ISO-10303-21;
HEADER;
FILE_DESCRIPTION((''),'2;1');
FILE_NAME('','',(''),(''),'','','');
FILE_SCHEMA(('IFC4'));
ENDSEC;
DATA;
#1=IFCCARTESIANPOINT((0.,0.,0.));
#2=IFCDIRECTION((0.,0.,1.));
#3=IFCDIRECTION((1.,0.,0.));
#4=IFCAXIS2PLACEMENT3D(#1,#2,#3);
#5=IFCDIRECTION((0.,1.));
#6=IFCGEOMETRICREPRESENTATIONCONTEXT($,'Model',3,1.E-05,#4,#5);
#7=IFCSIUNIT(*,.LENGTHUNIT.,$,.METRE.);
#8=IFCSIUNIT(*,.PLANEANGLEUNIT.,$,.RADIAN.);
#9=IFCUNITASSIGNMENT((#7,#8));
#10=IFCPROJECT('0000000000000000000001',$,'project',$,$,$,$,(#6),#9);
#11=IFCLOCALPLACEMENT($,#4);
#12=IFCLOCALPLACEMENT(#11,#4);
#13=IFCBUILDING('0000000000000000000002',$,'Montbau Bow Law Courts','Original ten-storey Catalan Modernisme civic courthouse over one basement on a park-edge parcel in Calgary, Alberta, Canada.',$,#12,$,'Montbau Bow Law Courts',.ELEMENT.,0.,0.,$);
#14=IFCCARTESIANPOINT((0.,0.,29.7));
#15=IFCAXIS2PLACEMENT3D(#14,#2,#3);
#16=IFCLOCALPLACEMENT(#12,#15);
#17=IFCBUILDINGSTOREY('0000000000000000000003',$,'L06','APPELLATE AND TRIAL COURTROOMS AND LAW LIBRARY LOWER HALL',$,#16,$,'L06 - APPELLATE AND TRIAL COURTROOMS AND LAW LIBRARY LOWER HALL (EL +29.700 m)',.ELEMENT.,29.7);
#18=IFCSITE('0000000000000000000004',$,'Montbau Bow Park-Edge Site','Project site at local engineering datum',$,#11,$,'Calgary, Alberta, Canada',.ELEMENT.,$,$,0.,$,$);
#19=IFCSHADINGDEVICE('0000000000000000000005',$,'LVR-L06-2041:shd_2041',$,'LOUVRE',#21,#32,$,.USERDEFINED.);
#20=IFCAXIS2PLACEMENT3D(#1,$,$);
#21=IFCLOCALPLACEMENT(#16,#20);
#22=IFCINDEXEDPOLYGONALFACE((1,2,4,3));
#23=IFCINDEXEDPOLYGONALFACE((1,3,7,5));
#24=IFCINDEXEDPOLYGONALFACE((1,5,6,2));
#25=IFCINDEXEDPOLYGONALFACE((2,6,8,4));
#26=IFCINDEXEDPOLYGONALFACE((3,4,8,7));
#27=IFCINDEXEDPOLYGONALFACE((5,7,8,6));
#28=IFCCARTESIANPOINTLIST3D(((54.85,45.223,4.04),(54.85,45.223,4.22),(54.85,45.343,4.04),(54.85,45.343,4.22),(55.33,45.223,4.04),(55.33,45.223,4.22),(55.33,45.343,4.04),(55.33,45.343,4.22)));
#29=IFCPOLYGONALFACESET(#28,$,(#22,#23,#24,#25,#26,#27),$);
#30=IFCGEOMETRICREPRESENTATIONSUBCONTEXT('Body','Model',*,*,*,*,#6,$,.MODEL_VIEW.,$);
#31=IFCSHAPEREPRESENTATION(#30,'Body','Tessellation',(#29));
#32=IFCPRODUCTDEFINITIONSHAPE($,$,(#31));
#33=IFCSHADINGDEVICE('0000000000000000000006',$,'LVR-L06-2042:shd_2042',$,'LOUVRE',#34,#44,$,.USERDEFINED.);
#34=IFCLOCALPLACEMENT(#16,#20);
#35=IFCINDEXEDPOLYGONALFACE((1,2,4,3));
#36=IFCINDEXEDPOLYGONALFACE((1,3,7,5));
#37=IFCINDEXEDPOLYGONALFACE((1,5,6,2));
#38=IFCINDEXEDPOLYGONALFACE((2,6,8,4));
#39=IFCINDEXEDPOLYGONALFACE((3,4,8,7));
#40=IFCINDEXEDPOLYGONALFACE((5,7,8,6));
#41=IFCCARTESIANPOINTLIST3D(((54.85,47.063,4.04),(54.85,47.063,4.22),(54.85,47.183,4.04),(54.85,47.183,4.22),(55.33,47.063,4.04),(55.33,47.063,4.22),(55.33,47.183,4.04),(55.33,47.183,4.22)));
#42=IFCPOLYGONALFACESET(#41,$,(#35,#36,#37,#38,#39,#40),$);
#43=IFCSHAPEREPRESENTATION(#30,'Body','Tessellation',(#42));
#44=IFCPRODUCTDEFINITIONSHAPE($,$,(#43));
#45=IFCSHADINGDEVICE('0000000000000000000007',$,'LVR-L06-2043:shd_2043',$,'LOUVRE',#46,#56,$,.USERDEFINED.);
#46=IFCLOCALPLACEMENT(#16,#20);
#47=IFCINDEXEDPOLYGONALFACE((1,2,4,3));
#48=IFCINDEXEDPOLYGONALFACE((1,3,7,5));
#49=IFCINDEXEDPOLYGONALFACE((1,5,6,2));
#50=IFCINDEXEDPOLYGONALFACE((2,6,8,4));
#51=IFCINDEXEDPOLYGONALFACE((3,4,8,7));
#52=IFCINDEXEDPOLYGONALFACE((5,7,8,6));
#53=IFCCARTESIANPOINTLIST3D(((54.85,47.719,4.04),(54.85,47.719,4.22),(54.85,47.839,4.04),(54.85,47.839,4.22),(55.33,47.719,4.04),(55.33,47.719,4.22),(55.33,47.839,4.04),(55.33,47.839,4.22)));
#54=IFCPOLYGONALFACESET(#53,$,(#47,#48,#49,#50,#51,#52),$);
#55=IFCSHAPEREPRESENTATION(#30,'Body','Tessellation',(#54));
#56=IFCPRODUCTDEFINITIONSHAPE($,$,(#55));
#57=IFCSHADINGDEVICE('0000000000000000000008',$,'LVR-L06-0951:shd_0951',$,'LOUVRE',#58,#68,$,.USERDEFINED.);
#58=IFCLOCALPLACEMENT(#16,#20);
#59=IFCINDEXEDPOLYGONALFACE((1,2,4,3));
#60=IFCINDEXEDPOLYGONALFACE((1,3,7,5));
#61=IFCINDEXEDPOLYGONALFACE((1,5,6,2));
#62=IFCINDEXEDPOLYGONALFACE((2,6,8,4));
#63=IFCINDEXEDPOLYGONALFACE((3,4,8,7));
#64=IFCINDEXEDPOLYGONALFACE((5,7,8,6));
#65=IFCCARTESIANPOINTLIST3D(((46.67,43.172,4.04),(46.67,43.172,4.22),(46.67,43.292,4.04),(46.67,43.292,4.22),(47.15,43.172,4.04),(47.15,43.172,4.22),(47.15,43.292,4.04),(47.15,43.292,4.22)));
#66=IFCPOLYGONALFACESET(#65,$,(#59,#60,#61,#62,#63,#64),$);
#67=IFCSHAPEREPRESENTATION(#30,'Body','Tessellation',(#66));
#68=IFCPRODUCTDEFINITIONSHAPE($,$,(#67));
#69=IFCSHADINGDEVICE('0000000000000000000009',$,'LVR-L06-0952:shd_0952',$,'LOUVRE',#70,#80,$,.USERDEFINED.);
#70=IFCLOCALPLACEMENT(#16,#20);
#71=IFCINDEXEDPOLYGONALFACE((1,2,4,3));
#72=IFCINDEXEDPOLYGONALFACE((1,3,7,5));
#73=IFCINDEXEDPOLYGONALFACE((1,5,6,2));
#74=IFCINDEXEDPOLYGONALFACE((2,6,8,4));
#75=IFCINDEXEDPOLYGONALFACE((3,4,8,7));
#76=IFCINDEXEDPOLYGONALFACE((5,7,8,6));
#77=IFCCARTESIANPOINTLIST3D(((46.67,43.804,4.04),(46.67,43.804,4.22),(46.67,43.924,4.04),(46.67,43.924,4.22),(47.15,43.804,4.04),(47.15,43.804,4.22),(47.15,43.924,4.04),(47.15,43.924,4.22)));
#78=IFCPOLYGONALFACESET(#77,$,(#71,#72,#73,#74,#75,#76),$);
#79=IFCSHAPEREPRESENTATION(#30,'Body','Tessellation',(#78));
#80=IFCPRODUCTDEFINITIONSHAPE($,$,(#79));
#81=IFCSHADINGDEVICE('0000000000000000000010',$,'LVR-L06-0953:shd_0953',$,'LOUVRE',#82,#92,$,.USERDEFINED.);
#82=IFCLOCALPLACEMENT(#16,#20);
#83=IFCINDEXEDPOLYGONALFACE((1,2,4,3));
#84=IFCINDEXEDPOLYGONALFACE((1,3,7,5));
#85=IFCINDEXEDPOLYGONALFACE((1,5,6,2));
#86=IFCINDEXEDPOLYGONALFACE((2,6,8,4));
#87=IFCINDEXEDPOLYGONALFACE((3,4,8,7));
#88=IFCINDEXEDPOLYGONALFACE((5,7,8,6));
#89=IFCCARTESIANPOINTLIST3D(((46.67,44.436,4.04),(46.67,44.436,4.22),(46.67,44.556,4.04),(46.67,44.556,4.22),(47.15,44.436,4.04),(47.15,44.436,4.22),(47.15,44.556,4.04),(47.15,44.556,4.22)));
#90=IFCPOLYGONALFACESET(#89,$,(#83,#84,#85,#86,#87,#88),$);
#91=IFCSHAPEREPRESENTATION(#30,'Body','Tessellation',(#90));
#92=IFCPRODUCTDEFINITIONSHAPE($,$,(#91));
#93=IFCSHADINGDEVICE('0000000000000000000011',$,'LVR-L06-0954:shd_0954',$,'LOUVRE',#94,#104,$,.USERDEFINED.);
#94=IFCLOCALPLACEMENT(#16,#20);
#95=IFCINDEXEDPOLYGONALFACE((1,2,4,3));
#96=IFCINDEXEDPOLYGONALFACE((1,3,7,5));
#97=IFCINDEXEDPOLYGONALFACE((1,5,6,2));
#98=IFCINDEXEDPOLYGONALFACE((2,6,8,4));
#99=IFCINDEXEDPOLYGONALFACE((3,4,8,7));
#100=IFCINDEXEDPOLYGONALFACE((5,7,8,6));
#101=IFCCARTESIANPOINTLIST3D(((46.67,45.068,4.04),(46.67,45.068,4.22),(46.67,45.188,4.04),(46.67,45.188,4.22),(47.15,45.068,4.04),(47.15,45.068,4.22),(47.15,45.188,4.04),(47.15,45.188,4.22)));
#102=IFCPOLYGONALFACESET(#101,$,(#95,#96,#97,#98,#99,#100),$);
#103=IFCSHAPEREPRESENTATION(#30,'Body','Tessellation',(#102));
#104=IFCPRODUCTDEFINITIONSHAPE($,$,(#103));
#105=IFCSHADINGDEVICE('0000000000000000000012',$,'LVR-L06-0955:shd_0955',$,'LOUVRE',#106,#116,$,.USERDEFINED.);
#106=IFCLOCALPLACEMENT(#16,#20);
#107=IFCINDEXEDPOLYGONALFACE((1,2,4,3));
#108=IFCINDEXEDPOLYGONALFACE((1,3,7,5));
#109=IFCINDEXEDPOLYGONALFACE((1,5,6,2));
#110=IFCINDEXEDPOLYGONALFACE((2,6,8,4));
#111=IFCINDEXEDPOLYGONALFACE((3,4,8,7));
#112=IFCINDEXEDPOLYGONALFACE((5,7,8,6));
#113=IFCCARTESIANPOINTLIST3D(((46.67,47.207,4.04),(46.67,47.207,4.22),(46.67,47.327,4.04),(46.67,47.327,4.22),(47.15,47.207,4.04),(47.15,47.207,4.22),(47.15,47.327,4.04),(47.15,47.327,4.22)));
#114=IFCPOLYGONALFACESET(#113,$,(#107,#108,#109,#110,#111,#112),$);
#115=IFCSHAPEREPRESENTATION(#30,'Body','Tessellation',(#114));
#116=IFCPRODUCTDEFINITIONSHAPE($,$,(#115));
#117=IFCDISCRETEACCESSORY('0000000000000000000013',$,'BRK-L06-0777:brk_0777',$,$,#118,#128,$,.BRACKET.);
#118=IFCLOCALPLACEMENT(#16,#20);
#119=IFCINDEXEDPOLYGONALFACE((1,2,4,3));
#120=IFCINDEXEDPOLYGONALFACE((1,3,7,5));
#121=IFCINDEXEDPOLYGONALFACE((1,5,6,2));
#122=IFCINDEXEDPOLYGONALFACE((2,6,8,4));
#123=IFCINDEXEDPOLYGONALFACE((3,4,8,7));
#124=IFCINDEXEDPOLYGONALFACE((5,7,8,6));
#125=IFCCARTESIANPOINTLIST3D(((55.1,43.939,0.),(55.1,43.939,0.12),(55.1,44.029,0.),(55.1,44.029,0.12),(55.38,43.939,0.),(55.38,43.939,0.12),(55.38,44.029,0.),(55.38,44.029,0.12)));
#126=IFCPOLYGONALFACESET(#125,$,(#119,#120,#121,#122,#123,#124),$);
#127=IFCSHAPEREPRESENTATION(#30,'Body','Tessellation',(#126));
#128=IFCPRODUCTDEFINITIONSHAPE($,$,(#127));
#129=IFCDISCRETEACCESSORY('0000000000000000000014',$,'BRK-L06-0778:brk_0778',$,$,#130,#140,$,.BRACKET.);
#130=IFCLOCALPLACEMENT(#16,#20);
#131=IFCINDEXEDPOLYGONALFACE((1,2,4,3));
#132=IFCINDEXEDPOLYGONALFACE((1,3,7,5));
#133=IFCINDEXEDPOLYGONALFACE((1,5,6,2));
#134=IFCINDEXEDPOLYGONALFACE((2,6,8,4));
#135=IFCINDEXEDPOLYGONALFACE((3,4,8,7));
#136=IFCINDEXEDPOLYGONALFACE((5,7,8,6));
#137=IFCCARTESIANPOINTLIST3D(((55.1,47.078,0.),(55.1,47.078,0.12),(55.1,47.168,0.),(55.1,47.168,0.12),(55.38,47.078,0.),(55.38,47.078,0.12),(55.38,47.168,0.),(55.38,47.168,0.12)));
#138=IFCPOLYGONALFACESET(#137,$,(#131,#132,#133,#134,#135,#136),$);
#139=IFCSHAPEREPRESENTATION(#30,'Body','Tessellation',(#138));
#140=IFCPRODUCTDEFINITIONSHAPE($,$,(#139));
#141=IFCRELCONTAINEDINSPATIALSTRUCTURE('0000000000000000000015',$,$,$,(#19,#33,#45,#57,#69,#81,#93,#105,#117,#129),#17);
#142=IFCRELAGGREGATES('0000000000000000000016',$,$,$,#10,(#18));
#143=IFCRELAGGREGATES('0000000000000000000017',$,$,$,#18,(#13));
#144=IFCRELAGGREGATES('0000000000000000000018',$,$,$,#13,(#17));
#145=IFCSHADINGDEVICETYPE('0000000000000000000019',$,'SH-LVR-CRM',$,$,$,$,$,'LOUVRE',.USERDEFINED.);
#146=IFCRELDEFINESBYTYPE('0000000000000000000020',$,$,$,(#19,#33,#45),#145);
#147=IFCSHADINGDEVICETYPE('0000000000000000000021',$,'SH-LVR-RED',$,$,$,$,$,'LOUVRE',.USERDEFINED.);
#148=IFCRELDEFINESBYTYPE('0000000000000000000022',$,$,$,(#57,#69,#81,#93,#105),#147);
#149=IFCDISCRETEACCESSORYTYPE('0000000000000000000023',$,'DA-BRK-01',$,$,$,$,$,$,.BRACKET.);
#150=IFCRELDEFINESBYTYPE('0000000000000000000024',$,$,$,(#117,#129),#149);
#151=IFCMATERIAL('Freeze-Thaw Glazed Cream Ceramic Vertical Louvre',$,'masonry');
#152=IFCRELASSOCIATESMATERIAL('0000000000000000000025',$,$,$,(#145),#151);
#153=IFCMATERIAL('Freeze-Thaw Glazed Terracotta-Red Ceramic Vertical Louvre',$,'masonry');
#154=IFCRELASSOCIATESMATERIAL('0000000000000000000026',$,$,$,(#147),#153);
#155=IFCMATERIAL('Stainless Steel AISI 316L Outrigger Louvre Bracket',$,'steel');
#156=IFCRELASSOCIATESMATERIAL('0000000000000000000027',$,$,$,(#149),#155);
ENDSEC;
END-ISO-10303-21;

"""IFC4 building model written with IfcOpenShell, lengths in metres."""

from ifc_helpers import new_model, si_unit, direction, frame, origin_with_axes, origin_2d_with_axis, place, context, subcontext, project, spatial, rectangle, extrude, material, type_object, element, save


model = new_model("IFC4")

# Units and contexts
model_context = context("Model", 3, precision=1e-05, world=origin_with_axes(), true_north=direction((0.0, 1.0)))
body_context = subcontext(model_context, "Body", "Model", "MODEL_VIEW")
ifc_project = project(units=[si_unit("LENGTHUNIT", "METRE"), si_unit("PLANEANGLEUNIT", "RADIAN")], contexts=[model_context])

# Site, building, storey
site_placement = place(None, origin_with_axes())
site = spatial("IfcSite", under=ifc_project, at=site_placement, Name="Montbau Bow Park-Edge Site", Description="Project site at local engineering datum", LongName="Calgary, Alberta, Canada", CompositionType="ELEMENT", RefElevation=0.0)
building_placement = place(site_placement, origin_with_axes())
building = spatial("IfcBuilding", under=site, at=building_placement, Name="Montbau Bow Law Courts", Description="Original ten-storey Catalan Modernisme civic courthouse over one basement on a park-edge parcel in Calgary, Alberta, Canada.", LongName="Montbau Bow Law Courts", CompositionType="ELEMENT", ElevationOfRefHeight=0.0, ElevationOfTerrain=0.0)
storey_placement = place(building_placement, frame((0.0, 0.0, 29.7), z_axis=(0.0, 0.0, 1.0), x_axis=(1.0, 0.0, 0.0)))
storey = spatial("IfcBuildingStorey", under=building, at=storey_placement, Name="L06", Description="APPELLATE AND TRIAL COURTROOMS AND LAW LIBRARY LOWER HALL", LongName="L06 - APPELLATE AND TRIAL COURTROOMS AND LAW LIBRARY LOWER HALL (EL +29.700 m)", CompositionType="ELEMENT", Elevation=29.7)

# Shading devices
ifc_material_1 = material(Name="Freeze-Thaw Glazed Cream Ceramic Vertical Louvre", Category="masonry")
shading_device_type_1 = type_object("IfcShadingDeviceType", Name="SH-LVR-CRM", ElementType="LOUVRE", PredefinedType="USERDEFINED", material=ifc_material_1)
for number, where, z_axis, x_axis, name in (
    (1, (55.09, 45.283, 33.74), (0.0, 0.0, 1.0), (-1.0, 0.0, 0.0), "LVR-L06-2041:shd_2041"),
    (2, (55.09, 47.123, 33.74), (0.0, 0.0, 1.0), (-1.0, 0.0, 0.0), "LVR-L06-2042:shd_2042"),
    (3, (55.09, 47.779, 33.74), (0.0, 0.0, 1.0), (-1.0, 0.0, 0.0), "LVR-L06-2043:shd_2043"),
):
    element("IfcShadingDevice", number, at=place(None, frame(where, z_axis=z_axis, x_axis=x_axis)), inside=storey, type_object=shading_device_type_1, Name=name, ObjectType="LOUVRE", PredefinedType="USERDEFINED", context=body_context, shape_type="SweptSolid", body=[
        extrude(rectangle(XDim=0.48, YDim=0.12, at=origin_2d_with_axis()), origin_with_axes(), (0.0, 0.0, 1.0), 0.18),
    ])
ifc_material_2 = material(Name="Freeze-Thaw Glazed Terracotta-Red Ceramic Vertical Louvre", Category="masonry")
shading_device_type_2 = type_object("IfcShadingDeviceType", Name="SH-LVR-RED", ElementType="LOUVRE", PredefinedType="USERDEFINED", material=ifc_material_2)
for number, where, z_axis, x_axis, name in (
    (4, (46.91, 43.232, 33.74), (0.0, 0.0, 1.0), (1.0, 0.0, 0.0), "LVR-L06-0951:shd_0951"),
    (5, (46.91, 43.864, 33.74), (0.0, 0.0, 1.0), (1.0, 0.0, 0.0), "LVR-L06-0952:shd_0952"),
    (6, (46.91, 44.496, 33.74), (0.0, 0.0, 1.0), (1.0, 0.0, 0.0), "LVR-L06-0953:shd_0953"),
    (7, (46.91, 45.128, 33.74), (0.0, 0.0, 1.0), (1.0, 0.0, 0.0), "LVR-L06-0954:shd_0954"),
    (8, (46.91, 47.267, 33.74), (0.0, 0.0, 1.0), (1.0, 0.0, 0.0), "LVR-L06-0955:shd_0955"),
):
    element("IfcShadingDevice", number, at=place(None, frame(where, z_axis=z_axis, x_axis=x_axis)), inside=storey, type_object=shading_device_type_2, Name=name, ObjectType="LOUVRE", PredefinedType="USERDEFINED", context=body_context, shape_type="SweptSolid", body=[
        extrude(rectangle(XDim=0.48, YDim=0.12, at=origin_2d_with_axis()), origin_with_axes(), (0.0, 0.0, 1.0), 0.18),
    ])

# Discrete accessories
ifc_material_3 = material(Name="Stainless Steel AISI 316L Outrigger Louvre Bracket", Category="steel")
discrete_accessory_type = type_object("IfcDiscreteAccessoryType", Name="DA-BRK-01", PredefinedType="BRACKET", material=ifc_material_3)
for number, where, z_axis, x_axis, name in (
    (9, (55.24, 43.984, 29.7), (0.0, 0.0, 1.0), (-1.0, 0.0, 0.0), "BRK-L06-0777:brk_0777"),
    (10, (55.24, 47.123, 29.7), (0.0, 0.0, 1.0), (-1.0, 0.0, 0.0), "BRK-L06-0778:brk_0778"),
):
    element("IfcDiscreteAccessory", number, at=place(None, frame(where, z_axis=z_axis, x_axis=x_axis)), inside=storey, type_object=discrete_accessory_type, Name=name, PredefinedType="BRACKET", context=body_context, shape_type="SweptSolid", body=[
        extrude(rectangle(XDim=0.28, YDim=0.09, at=origin_2d_with_axis()), origin_with_axes(), (0.0, 0.0, 1.0), 0.12),
    ])

save(model, "model.ifc")
